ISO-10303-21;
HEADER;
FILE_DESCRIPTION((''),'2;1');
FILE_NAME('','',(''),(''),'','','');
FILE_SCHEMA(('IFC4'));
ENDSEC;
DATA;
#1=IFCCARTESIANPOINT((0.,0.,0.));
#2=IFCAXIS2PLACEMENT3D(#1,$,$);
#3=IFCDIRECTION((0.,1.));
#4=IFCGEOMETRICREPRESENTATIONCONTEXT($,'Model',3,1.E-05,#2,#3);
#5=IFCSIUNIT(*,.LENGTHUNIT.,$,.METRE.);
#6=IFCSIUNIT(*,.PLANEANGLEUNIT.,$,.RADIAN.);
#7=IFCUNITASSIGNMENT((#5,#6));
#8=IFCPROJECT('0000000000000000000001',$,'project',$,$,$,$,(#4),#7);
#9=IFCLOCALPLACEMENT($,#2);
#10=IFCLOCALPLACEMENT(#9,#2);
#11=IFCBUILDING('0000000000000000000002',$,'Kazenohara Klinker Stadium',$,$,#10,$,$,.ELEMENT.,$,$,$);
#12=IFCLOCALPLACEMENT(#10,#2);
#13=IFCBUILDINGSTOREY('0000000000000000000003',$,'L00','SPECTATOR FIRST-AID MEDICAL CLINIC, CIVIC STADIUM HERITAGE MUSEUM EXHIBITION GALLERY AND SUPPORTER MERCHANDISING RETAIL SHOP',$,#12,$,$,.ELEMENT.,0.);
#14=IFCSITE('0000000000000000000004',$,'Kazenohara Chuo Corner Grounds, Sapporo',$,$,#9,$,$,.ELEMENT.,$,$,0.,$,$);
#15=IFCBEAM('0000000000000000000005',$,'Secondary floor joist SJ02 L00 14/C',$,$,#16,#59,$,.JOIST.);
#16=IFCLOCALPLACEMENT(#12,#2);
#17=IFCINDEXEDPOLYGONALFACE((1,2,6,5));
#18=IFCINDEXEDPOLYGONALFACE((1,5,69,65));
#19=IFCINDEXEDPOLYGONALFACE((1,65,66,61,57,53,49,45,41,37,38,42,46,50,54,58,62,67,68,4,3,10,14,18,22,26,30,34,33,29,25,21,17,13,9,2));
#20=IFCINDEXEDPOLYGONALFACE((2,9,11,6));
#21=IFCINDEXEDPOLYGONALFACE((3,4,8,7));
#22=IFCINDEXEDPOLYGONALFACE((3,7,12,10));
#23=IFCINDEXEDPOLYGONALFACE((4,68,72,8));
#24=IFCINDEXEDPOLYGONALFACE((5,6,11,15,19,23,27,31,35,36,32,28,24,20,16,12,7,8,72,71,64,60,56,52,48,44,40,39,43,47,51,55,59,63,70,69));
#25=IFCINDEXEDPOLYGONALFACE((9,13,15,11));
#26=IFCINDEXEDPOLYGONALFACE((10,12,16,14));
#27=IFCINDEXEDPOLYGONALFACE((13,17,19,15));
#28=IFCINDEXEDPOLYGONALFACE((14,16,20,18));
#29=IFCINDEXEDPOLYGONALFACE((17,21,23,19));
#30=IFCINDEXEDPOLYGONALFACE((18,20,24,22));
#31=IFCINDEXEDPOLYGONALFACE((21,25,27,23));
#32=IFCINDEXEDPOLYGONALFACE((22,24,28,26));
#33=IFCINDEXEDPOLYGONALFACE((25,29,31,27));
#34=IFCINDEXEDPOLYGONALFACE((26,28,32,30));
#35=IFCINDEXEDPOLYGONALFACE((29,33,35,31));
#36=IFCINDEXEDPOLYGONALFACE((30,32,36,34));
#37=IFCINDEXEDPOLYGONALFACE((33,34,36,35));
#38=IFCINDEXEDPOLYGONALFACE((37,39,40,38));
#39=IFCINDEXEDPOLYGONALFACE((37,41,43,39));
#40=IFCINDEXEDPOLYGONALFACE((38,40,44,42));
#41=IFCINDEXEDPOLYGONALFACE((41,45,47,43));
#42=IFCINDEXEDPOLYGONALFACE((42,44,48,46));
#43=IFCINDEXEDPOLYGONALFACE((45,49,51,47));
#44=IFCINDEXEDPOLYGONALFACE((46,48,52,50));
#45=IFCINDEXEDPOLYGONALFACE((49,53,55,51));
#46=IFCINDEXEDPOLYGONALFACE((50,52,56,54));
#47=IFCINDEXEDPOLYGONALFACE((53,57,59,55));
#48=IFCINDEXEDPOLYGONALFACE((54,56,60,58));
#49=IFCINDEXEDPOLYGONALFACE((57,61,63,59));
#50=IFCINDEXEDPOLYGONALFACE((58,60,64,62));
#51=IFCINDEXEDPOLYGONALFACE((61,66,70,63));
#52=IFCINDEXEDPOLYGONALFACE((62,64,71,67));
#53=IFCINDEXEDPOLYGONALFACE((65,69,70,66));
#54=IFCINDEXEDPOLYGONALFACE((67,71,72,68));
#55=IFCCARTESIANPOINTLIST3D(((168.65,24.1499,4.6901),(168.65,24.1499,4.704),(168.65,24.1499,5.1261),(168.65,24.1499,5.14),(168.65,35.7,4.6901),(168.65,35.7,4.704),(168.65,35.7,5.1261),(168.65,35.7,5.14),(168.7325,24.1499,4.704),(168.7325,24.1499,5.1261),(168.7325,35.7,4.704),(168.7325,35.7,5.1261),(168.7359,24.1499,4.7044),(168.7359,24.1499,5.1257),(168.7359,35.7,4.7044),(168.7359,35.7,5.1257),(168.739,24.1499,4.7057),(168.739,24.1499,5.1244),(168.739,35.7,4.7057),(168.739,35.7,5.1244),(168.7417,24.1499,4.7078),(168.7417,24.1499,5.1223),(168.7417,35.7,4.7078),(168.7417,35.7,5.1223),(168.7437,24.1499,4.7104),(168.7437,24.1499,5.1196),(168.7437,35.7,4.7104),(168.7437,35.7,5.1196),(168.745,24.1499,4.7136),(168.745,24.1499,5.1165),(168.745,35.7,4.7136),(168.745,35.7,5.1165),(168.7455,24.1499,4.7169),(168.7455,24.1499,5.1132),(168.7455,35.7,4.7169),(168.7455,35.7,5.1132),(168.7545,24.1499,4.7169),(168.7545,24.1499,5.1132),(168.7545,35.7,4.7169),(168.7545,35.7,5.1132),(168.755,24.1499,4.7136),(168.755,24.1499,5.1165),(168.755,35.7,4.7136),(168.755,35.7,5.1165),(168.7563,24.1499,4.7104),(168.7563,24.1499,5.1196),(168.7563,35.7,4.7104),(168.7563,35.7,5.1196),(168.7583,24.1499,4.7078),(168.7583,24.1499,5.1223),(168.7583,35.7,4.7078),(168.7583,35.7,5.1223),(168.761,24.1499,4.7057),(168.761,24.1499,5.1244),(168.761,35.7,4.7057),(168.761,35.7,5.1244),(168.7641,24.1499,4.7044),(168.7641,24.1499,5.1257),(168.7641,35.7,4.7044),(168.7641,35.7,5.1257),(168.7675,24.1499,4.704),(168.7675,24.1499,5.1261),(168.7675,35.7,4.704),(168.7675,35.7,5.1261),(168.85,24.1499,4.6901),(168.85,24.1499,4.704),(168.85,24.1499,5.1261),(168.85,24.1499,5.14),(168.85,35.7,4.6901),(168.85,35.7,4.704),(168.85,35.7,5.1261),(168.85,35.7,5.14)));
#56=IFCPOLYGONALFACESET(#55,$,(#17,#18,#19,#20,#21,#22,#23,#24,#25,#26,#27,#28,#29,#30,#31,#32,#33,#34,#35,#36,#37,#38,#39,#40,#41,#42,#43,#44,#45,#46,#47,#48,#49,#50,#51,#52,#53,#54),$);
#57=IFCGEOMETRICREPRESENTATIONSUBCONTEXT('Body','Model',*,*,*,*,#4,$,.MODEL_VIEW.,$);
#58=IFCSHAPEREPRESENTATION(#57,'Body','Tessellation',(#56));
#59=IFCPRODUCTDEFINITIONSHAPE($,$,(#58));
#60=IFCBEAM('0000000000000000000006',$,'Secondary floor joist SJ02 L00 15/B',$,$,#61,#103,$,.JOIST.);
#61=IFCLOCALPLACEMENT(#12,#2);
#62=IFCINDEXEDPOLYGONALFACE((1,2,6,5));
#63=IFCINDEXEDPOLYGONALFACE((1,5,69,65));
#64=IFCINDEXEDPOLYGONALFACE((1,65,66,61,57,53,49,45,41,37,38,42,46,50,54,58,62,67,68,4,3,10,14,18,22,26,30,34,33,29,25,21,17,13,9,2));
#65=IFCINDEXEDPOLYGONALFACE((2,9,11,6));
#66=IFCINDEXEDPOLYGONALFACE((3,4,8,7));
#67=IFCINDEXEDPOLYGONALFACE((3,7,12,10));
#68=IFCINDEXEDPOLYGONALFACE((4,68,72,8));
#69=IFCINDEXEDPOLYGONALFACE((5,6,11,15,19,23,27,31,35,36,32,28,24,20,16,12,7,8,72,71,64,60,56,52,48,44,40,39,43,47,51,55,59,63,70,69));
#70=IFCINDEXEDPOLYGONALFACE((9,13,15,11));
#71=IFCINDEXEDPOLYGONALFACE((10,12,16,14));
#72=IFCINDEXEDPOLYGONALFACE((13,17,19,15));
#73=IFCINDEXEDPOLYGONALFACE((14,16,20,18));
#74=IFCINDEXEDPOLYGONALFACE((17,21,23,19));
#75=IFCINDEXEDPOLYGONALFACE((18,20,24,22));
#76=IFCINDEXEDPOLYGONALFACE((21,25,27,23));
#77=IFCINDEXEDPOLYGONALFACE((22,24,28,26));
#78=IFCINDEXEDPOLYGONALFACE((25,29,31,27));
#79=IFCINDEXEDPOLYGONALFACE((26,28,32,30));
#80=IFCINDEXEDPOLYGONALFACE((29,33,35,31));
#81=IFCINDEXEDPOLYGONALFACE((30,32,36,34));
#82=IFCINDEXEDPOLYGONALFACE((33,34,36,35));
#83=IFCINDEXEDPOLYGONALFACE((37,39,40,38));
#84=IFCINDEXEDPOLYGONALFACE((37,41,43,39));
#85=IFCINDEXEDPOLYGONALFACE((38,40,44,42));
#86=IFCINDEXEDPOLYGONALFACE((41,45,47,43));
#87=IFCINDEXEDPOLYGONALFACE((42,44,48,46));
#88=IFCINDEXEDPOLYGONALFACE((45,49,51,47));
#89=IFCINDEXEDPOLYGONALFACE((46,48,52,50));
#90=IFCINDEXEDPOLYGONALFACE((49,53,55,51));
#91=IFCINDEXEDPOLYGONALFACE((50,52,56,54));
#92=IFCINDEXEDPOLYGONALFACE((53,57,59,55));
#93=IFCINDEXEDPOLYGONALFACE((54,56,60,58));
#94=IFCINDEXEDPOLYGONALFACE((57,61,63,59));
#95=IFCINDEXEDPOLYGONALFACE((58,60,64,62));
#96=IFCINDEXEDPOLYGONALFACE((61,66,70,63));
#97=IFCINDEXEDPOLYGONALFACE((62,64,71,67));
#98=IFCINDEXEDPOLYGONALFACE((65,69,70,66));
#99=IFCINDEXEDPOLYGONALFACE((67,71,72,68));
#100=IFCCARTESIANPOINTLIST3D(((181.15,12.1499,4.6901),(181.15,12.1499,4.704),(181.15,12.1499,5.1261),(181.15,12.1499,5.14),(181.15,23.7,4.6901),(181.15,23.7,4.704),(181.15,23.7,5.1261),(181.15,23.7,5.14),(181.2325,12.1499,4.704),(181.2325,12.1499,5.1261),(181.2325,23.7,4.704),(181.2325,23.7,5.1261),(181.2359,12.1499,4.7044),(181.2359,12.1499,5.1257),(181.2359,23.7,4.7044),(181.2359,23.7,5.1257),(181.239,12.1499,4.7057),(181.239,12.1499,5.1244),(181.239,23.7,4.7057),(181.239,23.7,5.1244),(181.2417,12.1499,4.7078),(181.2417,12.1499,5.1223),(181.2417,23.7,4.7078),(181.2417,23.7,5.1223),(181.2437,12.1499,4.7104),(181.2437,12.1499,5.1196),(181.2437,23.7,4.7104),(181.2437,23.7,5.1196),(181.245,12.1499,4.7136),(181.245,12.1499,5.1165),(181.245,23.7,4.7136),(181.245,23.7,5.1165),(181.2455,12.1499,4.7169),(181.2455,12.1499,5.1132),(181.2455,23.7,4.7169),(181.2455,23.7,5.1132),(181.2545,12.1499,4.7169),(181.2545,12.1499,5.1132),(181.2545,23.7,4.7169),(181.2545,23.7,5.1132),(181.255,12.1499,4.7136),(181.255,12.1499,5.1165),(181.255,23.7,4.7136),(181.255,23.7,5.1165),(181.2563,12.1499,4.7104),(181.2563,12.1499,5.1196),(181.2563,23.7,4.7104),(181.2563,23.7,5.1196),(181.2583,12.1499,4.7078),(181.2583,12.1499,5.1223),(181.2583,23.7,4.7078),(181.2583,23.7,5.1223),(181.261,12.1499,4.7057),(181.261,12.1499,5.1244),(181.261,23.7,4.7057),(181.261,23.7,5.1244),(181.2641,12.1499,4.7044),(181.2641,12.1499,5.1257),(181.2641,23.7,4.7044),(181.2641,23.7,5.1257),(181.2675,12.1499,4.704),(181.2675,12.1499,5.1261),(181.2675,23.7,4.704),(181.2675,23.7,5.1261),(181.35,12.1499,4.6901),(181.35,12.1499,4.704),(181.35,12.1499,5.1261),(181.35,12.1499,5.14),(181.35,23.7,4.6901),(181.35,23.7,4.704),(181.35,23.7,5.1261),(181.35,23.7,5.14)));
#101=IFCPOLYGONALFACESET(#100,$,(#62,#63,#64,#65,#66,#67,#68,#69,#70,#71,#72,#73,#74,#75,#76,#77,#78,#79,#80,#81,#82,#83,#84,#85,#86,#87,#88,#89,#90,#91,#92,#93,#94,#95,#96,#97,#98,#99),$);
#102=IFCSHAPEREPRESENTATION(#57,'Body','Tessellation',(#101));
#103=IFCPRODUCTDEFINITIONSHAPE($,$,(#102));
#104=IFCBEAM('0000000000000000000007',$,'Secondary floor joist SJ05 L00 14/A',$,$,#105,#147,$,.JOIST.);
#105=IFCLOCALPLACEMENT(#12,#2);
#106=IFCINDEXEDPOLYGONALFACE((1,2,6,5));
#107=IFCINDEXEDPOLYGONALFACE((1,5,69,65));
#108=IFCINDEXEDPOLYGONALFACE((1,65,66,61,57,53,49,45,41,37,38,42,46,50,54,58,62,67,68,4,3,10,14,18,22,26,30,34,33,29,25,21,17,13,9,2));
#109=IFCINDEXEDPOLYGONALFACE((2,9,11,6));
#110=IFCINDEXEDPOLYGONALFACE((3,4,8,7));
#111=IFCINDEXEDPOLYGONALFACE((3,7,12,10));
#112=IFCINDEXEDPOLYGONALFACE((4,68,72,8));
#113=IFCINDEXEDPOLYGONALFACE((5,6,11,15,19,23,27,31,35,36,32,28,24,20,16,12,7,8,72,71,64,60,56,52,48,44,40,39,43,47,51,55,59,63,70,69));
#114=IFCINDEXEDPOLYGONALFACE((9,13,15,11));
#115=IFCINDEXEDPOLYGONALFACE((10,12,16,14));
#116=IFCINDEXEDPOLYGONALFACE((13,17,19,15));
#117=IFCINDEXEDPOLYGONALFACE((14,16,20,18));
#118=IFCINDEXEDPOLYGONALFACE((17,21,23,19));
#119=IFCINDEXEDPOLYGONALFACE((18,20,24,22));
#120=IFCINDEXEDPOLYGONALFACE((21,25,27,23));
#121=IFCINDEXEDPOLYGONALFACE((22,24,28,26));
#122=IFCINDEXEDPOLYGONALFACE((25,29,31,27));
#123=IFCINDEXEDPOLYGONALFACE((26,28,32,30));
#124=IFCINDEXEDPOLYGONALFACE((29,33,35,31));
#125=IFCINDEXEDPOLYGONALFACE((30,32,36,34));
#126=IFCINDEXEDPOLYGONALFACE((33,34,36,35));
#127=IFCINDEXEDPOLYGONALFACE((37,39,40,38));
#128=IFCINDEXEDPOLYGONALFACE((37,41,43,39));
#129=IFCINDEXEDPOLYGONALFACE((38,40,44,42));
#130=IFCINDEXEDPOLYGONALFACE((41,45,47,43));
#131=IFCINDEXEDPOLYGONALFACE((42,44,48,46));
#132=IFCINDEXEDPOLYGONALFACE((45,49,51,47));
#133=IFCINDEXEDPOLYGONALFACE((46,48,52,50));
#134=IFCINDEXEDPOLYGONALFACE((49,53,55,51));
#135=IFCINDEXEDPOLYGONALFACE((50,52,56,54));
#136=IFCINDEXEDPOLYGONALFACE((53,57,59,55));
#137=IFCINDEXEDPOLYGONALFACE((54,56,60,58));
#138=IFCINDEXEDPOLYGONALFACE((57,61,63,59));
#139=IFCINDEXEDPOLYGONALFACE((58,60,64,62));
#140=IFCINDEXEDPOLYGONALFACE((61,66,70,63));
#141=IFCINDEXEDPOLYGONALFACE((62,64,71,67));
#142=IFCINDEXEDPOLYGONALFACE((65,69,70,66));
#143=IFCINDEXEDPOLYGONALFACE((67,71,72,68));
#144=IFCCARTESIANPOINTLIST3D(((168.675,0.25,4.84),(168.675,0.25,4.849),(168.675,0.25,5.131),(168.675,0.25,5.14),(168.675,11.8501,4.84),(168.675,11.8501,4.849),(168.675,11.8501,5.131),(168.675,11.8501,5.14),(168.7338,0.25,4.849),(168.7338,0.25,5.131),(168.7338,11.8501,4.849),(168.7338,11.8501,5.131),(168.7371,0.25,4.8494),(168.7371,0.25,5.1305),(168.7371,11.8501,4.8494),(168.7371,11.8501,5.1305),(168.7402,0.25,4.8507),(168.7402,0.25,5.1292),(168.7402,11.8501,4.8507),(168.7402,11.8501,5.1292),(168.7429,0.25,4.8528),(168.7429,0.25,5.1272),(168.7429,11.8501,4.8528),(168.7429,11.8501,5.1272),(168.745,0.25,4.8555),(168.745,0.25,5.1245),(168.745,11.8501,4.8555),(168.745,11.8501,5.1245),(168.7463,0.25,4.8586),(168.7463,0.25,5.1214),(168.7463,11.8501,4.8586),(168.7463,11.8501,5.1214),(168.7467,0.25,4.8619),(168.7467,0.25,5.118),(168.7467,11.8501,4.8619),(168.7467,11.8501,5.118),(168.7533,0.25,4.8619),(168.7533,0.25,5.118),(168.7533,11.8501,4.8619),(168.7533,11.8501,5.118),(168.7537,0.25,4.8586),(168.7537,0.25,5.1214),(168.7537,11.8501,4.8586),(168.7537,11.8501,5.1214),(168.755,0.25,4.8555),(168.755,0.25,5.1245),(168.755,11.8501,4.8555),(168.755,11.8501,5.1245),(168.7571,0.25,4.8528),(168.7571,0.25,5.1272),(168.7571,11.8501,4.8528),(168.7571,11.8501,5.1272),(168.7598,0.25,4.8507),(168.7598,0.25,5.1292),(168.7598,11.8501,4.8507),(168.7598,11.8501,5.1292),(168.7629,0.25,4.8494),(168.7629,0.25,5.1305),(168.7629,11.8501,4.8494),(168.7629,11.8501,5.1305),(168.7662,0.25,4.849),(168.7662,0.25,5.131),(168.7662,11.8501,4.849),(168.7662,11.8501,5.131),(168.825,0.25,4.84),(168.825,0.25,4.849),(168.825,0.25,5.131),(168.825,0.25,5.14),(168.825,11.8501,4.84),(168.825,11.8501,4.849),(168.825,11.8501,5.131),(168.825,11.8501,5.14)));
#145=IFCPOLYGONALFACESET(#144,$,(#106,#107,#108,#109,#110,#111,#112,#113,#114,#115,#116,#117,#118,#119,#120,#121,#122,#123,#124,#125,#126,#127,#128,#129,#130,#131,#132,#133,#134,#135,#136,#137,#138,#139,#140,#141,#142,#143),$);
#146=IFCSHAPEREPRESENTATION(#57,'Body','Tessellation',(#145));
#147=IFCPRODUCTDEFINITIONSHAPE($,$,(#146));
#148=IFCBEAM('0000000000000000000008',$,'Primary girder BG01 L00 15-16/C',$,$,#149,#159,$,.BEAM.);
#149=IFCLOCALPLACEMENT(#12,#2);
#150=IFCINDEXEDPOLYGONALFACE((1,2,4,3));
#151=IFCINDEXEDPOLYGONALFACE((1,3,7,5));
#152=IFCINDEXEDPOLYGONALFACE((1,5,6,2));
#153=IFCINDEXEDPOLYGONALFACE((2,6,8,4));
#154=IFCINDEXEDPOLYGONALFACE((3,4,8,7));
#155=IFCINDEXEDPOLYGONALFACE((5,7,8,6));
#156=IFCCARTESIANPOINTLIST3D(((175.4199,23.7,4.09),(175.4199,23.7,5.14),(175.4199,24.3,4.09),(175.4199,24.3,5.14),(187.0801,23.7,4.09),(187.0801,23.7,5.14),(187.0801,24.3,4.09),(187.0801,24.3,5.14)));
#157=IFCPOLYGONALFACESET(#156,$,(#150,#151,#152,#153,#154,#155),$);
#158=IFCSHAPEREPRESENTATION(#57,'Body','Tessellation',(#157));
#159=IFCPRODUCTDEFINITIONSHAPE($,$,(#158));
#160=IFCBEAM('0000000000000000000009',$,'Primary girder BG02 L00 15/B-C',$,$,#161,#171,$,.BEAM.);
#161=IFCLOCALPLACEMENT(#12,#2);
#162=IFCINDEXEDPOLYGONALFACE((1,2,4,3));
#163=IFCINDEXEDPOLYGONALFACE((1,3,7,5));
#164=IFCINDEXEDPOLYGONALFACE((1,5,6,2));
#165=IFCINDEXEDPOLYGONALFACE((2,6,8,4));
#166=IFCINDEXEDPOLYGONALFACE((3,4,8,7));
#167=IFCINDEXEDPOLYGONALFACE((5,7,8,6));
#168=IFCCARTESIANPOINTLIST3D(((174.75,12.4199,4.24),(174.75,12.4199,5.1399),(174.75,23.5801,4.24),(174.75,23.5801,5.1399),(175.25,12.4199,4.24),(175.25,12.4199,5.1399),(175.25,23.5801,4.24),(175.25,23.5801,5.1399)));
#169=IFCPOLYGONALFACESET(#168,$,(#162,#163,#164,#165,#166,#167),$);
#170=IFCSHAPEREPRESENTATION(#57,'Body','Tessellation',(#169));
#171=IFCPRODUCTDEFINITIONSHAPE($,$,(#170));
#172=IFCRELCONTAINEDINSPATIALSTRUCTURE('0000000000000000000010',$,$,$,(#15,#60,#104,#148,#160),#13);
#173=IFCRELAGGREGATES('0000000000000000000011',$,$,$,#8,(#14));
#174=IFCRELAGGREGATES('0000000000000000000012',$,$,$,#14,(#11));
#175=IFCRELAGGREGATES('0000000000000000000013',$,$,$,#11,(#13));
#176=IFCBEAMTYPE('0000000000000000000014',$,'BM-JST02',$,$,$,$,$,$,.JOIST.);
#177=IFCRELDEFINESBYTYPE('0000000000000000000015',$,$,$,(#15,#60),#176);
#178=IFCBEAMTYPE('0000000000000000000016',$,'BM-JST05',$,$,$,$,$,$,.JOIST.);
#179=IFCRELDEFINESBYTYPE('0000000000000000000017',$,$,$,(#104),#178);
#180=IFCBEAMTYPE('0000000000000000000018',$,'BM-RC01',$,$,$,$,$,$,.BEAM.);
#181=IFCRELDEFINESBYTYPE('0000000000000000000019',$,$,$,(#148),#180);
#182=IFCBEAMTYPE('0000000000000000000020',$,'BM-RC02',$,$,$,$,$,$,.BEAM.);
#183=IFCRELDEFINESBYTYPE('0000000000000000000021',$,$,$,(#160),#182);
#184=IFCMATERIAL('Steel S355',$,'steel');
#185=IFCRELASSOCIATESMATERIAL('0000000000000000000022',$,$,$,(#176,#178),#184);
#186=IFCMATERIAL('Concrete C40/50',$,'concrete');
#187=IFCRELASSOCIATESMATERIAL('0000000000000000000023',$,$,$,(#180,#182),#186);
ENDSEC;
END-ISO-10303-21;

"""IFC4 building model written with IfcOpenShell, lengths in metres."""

from ifc_helpers import new_model, si_unit, direction, frame, origin, origin_2d, place, context, subcontext, project, spatial, rectangle, i_section, extrude, material, material_profile, profile_set, type_object, element, save


model = new_model("IFC4")

# Units and contexts
model_context = context("Model", 3, precision=1e-05, world=origin(), true_north=direction((0.0, 1.0)))
body_context = subcontext(model_context, "Body", "Model", "MODEL_VIEW")
ifc_project = project(units=[si_unit("LENGTHUNIT", "METRE"), si_unit("PLANEANGLEUNIT", "RADIAN")], contexts=[model_context])

# Site, building, storey
site_placement = place(None, origin())
site = spatial("IfcSite", under=ifc_project, at=site_placement, Name="Kazenohara Chuo Corner Grounds, Sapporo", CompositionType="ELEMENT", RefElevation=0.0)
building_placement = place(site_placement, origin())
building = spatial("IfcBuilding", under=site, at=building_placement, Name="Kazenohara Klinker Stadium", CompositionType="ELEMENT")
storey_placement = place(building_placement, origin())
storey = spatial("IfcBuildingStorey", under=building, at=storey_placement, Name="L00", Description="SPECTATOR FIRST-AID MEDICAL CLINIC, CIVIC STADIUM HERITAGE MUSEUM EXHIBITION GALLERY AND SUPPORTER MERCHANDISING RETAIL SHOP", CompositionType="ELEMENT", Elevation=0.0)

# Shared definitions
ifc_material_1 = material(Name="Concrete C40/50", Category="concrete")

# Beams
ifc_material_2 = material(Name="Steel S355", Category="steel")
ifc_material_profile_1 = material_profile(ifc_material_2, i_section(OverallWidth=0.2, OverallDepth=0.45, WebThickness=0.009, FlangeThickness=0.0139, FilletRadius=0.0129, at=origin_2d()), Name="H-450x200x9x14")
ifc_profile_set_1 = profile_set([ifc_material_profile_1], Name="Steel S355")
beam_type_1 = type_object("IfcBeamType", Name="BM-JST02", PredefinedType="JOIST", material=ifc_profile_set_1)
for number, where, z_axis, x_axis, name in (
    (1, (168.75, 24.1499, 4.915), (0.0, 1.0, 0.0), (-1.0, 0.0, 0.0), "Secondary floor joist SJ02 L00 14/C"),
    (2, (181.25, 12.1499, 4.915), (0.0, 1.0, 0.0), (-1.0, 0.0, 0.0), "Secondary floor joist SJ02 L00 15/B"),
):
    element("IfcBeam", number, at=place(storey_placement, frame(where, z_axis=z_axis, x_axis=x_axis)), inside=storey, type_object=beam_type_1, Name=name, PredefinedType="JOIST", context=body_context, shape_type="SweptSolid", body=[
        extrude(i_section(OverallWidth=0.2, OverallDepth=0.45, WebThickness=0.009, FlangeThickness=0.0139, FilletRadius=0.0129, at=origin_2d()), origin(), (0.0, 0.0, 1.0), 11.55),
    ])
ifc_material_profile_2 = material_profile(ifc_material_2, i_section(OverallWidth=0.1499, OverallDepth=0.3, WebThickness=0.0066, FlangeThickness=0.009, FilletRadius=0.0129, at=origin_2d()), Name="H-300x150x6.5x9")
ifc_profile_set_2 = profile_set([ifc_material_profile_2], Name="Steel S355")
beam_type_2 = type_object("IfcBeamType", Name="BM-JST05", PredefinedType="JOIST", material=ifc_profile_set_2)
beam_1_placement = place(storey_placement, frame((168.75, 0.25, 4.99), z_axis=(0.0, 1.0, 0.0), x_axis=(-1.0, 0.0, 0.0)))
element("IfcBeam", 3, at=beam_1_placement, inside=storey, type_object=beam_type_2, Name="Secondary floor joist SJ05 L00 14/A", PredefinedType="JOIST", context=body_context, shape_type="SweptSolid", body=[
    extrude(i_section(OverallWidth=0.1499, OverallDepth=0.3, WebThickness=0.0066, FlangeThickness=0.009, FilletRadius=0.0129, at=origin_2d()), origin(), (0.0, 0.0, 1.0), 11.6001),
])
ifc_material_profile_3 = material_profile(ifc_material_1, rectangle(XDim=0.6001, YDim=1.05, at=origin_2d()), Name="RC-BM-600x1050")
ifc_profile_set_3 = profile_set([ifc_material_profile_3], Name="Concrete C40/50")
beam_type_3 = type_object("IfcBeamType", Name="BM-RC01", PredefinedType="BEAM", material=ifc_profile_set_3)
beam_2_placement = place(storey_placement, frame((175.4199, 24.0, 4.615), z_axis=(1.0, 0.0, 0.0), x_axis=(0.0, 1.0, 0.0)))
element("IfcBeam", 4, at=beam_2_placement, inside=storey, type_object=beam_type_3, Name="Primary girder BG01 L00 15-16/C", PredefinedType="BEAM", context=body_context, shape_type="SweptSolid", body=[
    extrude(rectangle(XDim=0.6001, YDim=1.05, at=origin_2d()), origin(), (0.0, 0.0, 1.0), 11.6602),
])
ifc_material_profile_4 = material_profile(ifc_material_1, rectangle(XDim=0.5, YDim=0.8999, at=origin_2d()), Name="RC-BM-500x900")
ifc_profile_set_4 = profile_set([ifc_material_profile_4], Name="Concrete C40/50")
beam_type_4 = type_object("IfcBeamType", Name="BM-RC02", PredefinedType="BEAM", material=ifc_profile_set_4)
beam_3_placement = place(storey_placement, frame((175.0, 12.4199, 4.6899), z_axis=(0.0, 1.0, 0.0), x_axis=(-1.0, 0.0, 0.0)))
element("IfcBeam", 5, at=beam_3_placement, inside=storey, type_object=beam_type_4, Name="Primary girder BG02 L00 15/B-C", PredefinedType="BEAM", context=body_context, shape_type="SweptSolid", body=[
    extrude(rectangle(XDim=0.5, YDim=0.8999, at=origin_2d()), origin(), (0.0, 0.0, 1.0), 11.1602),
])

save(model, "model.ifc")
